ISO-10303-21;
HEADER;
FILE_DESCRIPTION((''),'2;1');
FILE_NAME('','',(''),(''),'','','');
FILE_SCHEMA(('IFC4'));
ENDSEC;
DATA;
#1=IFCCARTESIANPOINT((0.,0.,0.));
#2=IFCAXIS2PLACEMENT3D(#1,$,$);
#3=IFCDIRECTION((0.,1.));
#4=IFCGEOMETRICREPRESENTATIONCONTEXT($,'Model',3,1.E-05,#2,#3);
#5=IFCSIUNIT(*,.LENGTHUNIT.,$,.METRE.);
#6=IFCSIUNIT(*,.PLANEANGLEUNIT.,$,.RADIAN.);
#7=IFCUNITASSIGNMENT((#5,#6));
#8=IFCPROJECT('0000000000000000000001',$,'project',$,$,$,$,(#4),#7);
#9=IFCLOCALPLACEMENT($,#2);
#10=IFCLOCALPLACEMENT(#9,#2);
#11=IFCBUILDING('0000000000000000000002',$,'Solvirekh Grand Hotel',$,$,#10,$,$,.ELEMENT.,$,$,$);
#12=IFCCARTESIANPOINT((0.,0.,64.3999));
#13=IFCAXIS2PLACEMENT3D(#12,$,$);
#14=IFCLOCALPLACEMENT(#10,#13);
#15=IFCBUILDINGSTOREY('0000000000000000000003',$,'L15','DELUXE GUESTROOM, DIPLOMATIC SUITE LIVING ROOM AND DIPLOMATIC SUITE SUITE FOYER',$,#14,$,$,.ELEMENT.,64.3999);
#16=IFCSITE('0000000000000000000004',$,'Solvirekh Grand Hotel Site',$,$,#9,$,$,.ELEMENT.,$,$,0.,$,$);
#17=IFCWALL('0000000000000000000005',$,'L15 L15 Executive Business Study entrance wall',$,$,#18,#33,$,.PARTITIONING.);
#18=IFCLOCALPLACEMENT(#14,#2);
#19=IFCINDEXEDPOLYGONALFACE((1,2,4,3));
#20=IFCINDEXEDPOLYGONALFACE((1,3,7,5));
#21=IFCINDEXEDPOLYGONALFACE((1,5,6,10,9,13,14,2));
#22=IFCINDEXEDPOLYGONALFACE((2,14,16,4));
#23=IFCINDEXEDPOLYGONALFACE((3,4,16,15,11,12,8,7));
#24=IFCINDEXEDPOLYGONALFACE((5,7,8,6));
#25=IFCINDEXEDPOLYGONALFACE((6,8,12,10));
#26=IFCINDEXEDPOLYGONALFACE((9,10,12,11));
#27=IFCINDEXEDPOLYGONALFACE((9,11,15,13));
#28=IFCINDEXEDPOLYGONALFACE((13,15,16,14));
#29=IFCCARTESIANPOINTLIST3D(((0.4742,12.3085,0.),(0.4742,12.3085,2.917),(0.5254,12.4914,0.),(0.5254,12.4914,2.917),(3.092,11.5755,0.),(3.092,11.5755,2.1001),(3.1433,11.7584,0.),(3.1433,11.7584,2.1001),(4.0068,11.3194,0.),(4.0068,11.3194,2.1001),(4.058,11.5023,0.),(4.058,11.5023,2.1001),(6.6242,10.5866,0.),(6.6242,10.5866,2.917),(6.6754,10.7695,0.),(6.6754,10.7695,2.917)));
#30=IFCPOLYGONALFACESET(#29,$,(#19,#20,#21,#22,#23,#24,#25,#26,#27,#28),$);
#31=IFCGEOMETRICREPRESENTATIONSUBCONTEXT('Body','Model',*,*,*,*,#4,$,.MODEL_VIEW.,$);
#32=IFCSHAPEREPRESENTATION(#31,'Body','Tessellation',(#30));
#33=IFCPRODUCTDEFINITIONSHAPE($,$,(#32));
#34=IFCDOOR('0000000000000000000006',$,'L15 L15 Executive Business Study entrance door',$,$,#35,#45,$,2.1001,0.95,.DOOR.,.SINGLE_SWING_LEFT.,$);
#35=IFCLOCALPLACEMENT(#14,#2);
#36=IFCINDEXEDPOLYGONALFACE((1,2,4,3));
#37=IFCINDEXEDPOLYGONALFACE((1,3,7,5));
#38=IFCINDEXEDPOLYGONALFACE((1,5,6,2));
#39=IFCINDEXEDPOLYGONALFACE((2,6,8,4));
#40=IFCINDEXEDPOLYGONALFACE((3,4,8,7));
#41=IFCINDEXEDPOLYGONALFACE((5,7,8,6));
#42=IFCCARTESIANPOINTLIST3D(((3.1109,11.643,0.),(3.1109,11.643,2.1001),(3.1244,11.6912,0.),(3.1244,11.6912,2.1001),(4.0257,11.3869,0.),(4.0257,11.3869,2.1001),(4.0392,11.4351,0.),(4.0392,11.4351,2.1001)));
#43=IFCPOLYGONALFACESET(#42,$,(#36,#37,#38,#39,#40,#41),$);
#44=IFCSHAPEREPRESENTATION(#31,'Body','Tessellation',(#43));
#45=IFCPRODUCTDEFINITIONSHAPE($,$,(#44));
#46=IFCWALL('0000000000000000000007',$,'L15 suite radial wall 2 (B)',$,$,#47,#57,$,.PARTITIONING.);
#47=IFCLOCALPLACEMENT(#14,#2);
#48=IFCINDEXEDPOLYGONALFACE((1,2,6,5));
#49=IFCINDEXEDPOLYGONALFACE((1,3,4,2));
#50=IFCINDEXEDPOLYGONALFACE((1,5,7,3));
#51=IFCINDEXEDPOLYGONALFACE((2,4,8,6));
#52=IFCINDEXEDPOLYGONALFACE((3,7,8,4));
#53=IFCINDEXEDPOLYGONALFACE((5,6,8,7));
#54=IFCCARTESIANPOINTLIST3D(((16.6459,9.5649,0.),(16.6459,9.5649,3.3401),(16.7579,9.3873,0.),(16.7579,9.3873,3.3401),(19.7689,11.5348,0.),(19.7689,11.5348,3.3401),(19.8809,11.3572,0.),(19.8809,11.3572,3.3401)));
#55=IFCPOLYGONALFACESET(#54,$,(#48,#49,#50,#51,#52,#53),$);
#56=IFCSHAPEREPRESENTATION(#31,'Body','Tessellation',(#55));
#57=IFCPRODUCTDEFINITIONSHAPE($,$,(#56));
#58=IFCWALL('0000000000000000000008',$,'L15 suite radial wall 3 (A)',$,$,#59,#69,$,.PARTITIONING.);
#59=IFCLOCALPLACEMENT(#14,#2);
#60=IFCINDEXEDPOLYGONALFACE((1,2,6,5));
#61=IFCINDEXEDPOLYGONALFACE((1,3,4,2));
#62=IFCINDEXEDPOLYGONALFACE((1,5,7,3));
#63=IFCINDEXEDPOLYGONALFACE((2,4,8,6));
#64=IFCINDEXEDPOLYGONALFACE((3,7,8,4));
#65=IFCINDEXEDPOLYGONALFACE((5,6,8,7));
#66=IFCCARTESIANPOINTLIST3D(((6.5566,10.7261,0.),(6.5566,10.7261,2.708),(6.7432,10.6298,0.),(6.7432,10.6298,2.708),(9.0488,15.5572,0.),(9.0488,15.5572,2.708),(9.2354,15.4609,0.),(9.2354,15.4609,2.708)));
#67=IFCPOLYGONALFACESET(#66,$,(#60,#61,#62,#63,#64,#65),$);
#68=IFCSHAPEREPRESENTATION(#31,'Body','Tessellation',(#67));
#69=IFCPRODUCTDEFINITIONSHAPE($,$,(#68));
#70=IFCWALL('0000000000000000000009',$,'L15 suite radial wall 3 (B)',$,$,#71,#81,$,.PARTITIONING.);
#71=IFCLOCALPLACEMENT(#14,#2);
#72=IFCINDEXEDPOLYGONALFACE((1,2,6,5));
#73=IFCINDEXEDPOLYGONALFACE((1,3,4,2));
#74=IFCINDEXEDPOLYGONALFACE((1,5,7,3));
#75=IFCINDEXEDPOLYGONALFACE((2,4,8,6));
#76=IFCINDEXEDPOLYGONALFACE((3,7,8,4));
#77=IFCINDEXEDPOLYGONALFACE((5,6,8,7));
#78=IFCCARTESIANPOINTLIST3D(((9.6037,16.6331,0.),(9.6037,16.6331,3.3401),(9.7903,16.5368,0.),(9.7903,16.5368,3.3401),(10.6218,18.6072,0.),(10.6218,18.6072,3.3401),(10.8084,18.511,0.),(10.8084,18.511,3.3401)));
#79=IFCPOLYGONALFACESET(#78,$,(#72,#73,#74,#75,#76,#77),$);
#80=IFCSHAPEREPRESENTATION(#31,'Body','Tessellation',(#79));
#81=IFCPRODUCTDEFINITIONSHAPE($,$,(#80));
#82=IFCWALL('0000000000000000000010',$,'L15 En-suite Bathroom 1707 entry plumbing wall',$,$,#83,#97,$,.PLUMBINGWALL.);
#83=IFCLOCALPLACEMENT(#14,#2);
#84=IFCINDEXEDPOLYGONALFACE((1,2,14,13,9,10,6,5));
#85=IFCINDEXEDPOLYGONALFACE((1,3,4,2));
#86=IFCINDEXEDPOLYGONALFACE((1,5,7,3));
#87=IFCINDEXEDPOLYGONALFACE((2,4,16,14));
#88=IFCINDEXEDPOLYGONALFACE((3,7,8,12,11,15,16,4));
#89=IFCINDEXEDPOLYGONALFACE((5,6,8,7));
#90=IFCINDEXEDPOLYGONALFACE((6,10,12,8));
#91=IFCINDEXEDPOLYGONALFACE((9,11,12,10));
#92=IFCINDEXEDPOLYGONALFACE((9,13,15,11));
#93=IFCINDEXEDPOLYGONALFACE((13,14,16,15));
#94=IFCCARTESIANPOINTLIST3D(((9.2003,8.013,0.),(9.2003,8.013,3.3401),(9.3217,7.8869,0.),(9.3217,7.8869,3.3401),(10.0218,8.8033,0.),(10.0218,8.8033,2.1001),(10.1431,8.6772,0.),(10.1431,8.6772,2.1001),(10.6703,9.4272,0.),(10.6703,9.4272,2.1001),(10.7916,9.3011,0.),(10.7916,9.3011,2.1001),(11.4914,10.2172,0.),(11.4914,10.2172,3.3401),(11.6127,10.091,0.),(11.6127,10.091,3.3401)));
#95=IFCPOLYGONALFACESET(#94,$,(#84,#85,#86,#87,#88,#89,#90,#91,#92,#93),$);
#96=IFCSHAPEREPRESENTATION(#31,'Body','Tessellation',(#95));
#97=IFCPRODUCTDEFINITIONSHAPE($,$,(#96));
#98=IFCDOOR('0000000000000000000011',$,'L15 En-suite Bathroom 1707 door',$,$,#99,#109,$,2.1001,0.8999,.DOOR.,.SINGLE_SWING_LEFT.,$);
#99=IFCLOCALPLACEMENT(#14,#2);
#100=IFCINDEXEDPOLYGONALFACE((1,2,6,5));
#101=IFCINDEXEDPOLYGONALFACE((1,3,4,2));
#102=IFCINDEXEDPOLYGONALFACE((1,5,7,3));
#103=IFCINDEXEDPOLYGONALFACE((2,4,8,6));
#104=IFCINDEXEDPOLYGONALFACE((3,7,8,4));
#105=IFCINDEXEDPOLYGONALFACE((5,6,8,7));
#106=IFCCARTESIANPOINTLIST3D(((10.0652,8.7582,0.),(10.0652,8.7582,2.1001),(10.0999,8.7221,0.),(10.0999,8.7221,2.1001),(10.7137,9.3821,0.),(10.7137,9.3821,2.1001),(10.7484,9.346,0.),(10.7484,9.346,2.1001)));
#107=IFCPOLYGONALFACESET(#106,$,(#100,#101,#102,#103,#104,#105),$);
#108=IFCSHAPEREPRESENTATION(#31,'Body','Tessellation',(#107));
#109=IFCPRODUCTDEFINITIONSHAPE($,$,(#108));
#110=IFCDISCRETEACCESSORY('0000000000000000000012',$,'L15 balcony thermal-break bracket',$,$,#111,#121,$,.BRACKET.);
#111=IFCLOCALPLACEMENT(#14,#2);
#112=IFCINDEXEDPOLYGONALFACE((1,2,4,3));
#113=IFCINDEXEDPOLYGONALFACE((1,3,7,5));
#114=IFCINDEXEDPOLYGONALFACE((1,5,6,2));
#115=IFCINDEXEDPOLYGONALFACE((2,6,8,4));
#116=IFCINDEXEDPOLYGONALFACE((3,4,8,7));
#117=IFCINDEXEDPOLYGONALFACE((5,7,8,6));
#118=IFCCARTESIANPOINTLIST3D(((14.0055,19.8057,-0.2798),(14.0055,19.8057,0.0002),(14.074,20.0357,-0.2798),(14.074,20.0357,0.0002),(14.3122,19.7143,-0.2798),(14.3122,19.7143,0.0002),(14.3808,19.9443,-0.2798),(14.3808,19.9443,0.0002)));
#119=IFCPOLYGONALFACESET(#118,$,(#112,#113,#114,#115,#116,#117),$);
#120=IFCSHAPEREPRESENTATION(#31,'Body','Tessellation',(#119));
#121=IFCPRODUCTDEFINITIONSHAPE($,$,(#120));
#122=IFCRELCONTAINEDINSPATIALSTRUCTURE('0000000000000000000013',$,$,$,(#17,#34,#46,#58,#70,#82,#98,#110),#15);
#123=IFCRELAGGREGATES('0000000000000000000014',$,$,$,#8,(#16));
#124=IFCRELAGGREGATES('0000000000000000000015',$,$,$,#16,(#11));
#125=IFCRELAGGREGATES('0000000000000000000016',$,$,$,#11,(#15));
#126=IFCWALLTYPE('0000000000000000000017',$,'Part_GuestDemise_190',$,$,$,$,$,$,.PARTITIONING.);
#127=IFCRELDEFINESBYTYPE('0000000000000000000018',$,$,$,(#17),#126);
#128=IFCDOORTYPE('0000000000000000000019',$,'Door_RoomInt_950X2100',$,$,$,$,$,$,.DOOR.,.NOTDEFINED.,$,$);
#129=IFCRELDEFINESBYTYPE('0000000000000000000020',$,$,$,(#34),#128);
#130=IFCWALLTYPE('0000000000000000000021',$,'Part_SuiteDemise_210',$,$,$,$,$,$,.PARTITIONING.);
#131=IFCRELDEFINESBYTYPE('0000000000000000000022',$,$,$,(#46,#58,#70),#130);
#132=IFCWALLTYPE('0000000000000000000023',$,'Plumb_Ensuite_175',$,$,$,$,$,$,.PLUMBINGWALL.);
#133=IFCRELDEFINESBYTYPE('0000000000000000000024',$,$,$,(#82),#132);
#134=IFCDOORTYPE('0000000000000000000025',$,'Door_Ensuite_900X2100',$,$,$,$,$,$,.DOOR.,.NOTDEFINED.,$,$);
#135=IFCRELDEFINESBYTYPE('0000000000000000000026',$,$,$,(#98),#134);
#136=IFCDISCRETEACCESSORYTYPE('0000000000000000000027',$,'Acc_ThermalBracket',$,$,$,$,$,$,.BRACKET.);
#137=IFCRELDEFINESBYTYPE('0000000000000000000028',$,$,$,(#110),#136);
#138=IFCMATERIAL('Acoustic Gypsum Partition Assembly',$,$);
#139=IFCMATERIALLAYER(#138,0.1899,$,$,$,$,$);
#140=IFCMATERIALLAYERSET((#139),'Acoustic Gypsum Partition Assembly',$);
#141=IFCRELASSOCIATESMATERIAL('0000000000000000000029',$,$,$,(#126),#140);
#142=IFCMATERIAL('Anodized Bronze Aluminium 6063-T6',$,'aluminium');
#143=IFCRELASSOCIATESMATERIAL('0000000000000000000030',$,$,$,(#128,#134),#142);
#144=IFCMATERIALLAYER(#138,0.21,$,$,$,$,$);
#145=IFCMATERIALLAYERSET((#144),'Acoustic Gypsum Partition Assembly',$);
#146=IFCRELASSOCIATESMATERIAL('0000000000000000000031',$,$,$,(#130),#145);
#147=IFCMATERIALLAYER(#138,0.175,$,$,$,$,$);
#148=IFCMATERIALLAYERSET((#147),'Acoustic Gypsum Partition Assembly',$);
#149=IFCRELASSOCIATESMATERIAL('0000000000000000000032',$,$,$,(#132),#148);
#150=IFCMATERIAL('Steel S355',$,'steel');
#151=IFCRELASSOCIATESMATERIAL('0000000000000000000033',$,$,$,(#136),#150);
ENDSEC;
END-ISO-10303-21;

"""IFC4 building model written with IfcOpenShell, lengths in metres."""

from ifc_helpers import new_model, si_unit, direction, frame, frame_2d, origin, origin_2d, place, context, subcontext, project, spatial, rectangle, extrude, material, layer, layer_set, type_object, element, fill, save


model = new_model("IFC4")

# Units and contexts
model_context = context("Model", 3, precision=1e-05, world=origin(), true_north=direction((0.0, 1.0)))
body_context = subcontext(model_context, "Body", "Model", "MODEL_VIEW")
ifc_project = project(units=[si_unit("LENGTHUNIT", "METRE"), si_unit("PLANEANGLEUNIT", "RADIAN")], contexts=[model_context])

# Site, building, storey
site_placement = place(None, origin())
site = spatial("IfcSite", under=ifc_project, at=site_placement, Name="Solvirekh Grand Hotel Site", CompositionType="ELEMENT", RefElevation=0.0)
building_placement = place(site_placement, origin())
building = spatial("IfcBuilding", under=site, at=building_placement, Name="Solvirekh Grand Hotel", CompositionType="ELEMENT")
storey_placement = place(building_placement, frame((0.0, 0.0, 64.3999)))
storey = spatial("IfcBuildingStorey", under=building, at=storey_placement, Name="L15", Description="DELUXE GUESTROOM, DIPLOMATIC SUITE LIVING ROOM AND DIPLOMATIC SUITE SUITE FOYER", CompositionType="ELEMENT", Elevation=64.3999)

# Shared definitions
ifc_material_1 = material(Name="Steel S355", Category="steel")

# Shared definitions
ifc_material_2 = material(Name="Anodized Bronze Aluminium 6063-T6", Category="aluminium")

# Wall, opening, door
ifc_material_3 = material(Name="Acoustic Gypsum Partition Assembly")
ifc_layer_1 = layer(ifc_material_3, 0.1899)
ifc_layer_set_1 = layer_set([ifc_layer_1], Name="Acoustic Gypsum Partition Assembly")
wall_type_1 = type_object("IfcWallType", Name="Part_GuestDemise_190", PredefinedType="PARTITIONING", material=ifc_layer_set_1)
wall_1_placement = place(storey_placement, frame((6.6499, 10.678, 0.0), z_axis=(0.0, 0.0, 1.0), x_axis=(-0.962966, 0.269623, 0.0)))
wall_1 = element("IfcWall", 1, at=wall_1_placement, inside=storey, type_object=wall_type_1, Name="L15 L15 Executive Business Study entrance wall", PredefinedType="PARTITIONING", context=body_context, shape_type="SweptSolid", body=[
    extrude(rectangle(XDim=6.3865, YDim=0.1899, at=frame_2d((3.1934, 0.0))), origin(), (0.0, 0.0, 1.0), 2.917),
])
opening_1_placement = place(wall_1_placement, frame((2.718, 0.0, 0.0)))
opening_1 = element("IfcOpeningElement", 2, at=opening_1_placement, cuts=wall_1, PredefinedType="OPENING", context=body_context, shape_type="SweptSolid", body=[
    extrude(rectangle(XDim=0.95, YDim=2.1001, at=frame_2d((0.4751, 1.05))), frame((0.0, 0.105, 0.0), z_axis=(0.0, -1.0, 0.0), x_axis=(1.0, 0.0, 0.0)), (0.0, 0.0, 1.0), 0.21),
])
door_type_1 = type_object("IfcDoorType", Name="Door_RoomInt_950X2100", OperationType="NOTDEFINED", PredefinedType="DOOR", material=ifc_material_2)
door_1_placement = place(opening_1_placement, origin())
door_1 = element("IfcDoor", 3, at=door_1_placement, inside=storey, type_object=door_type_1, Name="L15 L15 Executive Business Study entrance door", OperationType="SINGLE_SWING_LEFT", OverallHeight=2.1001, OverallWidth=0.95, PredefinedType="DOOR", context=body_context, shape_type="SweptSolid", body=[
    extrude(rectangle(XDim=0.95, YDim=2.1001, at=frame_2d((0.4751, 1.05))), frame((0.0, 0.0249, 0.0), z_axis=(0.0, -1.0, 0.0), x_axis=(1.0, 0.0, 0.0)), (0.0, 0.0, 1.0), 0.05),
])
fill(opening_1, door_1)

# Walls
ifc_layer_2 = layer(ifc_material_3, 0.21)
ifc_layer_set_2 = layer_set([ifc_layer_2], Name="Acoustic Gypsum Partition Assembly")
wall_type_2 = type_object("IfcWallType", Name="Part_SuiteDemise_210", PredefinedType="PARTITIONING", material=ifc_layer_set_2)
wall_2_placement = place(storey_placement, frame((16.7019, 9.4761, 0.0), z_axis=(0.0, 0.0, 1.0), x_axis=(0.845792, 0.533513, 0.0)))
element("IfcWall", 4, at=wall_2_placement, inside=storey, type_object=wall_type_2, Name="L15 suite radial wall 2 (B)", PredefinedType="PARTITIONING", context=body_context, shape_type="SweptSolid", body=[
    extrude(rectangle(XDim=3.6924, YDim=0.21, at=frame_2d((1.8462, 0.0))), origin(), (0.0, 0.0, 1.0), 3.3401),
])
wall_3_placement = place(storey_placement, frame((6.6499, 10.678, 0.0), z_axis=(0.0, 0.0, 1.0), x_axis=(0.45846, 0.888715, 0.0)))
element("IfcWall", 5, at=wall_3_placement, inside=storey, type_object=wall_type_2, Name="L15 suite radial wall 3 (A)", PredefinedType="PARTITIONING", context=body_context, shape_type="SweptSolid", body=[
    extrude(rectangle(XDim=5.436, YDim=0.21, at=frame_2d((2.718, 0.0))), origin(), (0.0, 0.0, 1.0), 2.708),
])
wall_4_placement = place(storey_placement, frame((9.697, 16.585, 0.0), z_axis=(0.0, 0.0, 1.0), x_axis=(0.458346, 0.888774, 0.0)))
element("IfcWall", 6, at=wall_4_placement, inside=storey, type_object=wall_type_2, Name="L15 suite radial wall 3 (B)", PredefinedType="PARTITIONING", context=body_context, shape_type="SweptSolid", body=[
    extrude(rectangle(XDim=2.2212, YDim=0.21, at=frame_2d((1.1106, 0.0))), origin(), (0.0, 0.0, 1.0), 3.3401),
])

# Wall, opening, door
ifc_layer_3 = layer(ifc_material_3, 0.175)
ifc_layer_set_3 = layer_set([ifc_layer_3], Name="Acoustic Gypsum Partition Assembly")
wall_type_3 = type_object("IfcWallType", Name="Plumb_Ensuite_175", PredefinedType="PLUMBINGWALL", material=ifc_layer_set_3)
wall_5_placement = place(storey_placement, frame((9.261, 7.95, 0.0), z_axis=(0.0, 0.0, 1.0), x_axis=(0.720644, 0.693305, 0.0)))
wall_5 = element("IfcWall", 7, at=wall_5_placement, inside=storey, type_object=wall_type_3, Name="L15 En-suite Bathroom 1707 entry plumbing wall", PredefinedType="PLUMBINGWALL", context=body_context, shape_type="SweptSolid", body=[
    extrude(rectangle(XDim=3.1792, YDim=0.175, at=frame_2d((1.5896, 0.0))), origin(), (0.0, 0.0, 1.0), 3.3401),
])
opening_2_placement = place(wall_5_placement, frame((1.1399, 0.0, 0.0)))
opening_2 = element("IfcOpeningElement", 8, at=opening_2_placement, cuts=wall_5, PredefinedType="OPENING", context=body_context, shape_type="SweptSolid", body=[
    extrude(rectangle(XDim=0.8999, YDim=2.1001, at=frame_2d((0.45, 1.05))), frame((0.0, 0.0977, 0.0), z_axis=(0.0, -1.0, 0.0), x_axis=(1.0, 0.0, 0.0)), (0.0, 0.0, 1.0), 0.1951),
])
door_type_2 = type_object("IfcDoorType", Name="Door_Ensuite_900X2100", OperationType="NOTDEFINED", PredefinedType="DOOR", material=ifc_material_2)
door_2_placement = place(opening_2_placement, origin())
door_2 = element("IfcDoor", 9, at=door_2_placement, inside=storey, type_object=door_type_2, Name="L15 En-suite Bathroom 1707 door", OperationType="SINGLE_SWING_LEFT", OverallHeight=2.1001, OverallWidth=0.8999, PredefinedType="DOOR", context=body_context, shape_type="SweptSolid", body=[
    extrude(rectangle(XDim=0.8999, YDim=2.1001, at=frame_2d((0.45, 1.05))), frame((0.0, 0.0249, 0.0), z_axis=(0.0, -1.0, 0.0), x_axis=(1.0, 0.0, 0.0)), (0.0, 0.0, 1.0), 0.05),
])
fill(opening_2, door_2)

# Discrete accessory
discrete_accessory_type = type_object("IfcDiscreteAccessoryType", Name="Acc_ThermalBracket", PredefinedType="BRACKET", material=ifc_material_1)
discrete_accessory_placement = place(storey_placement, frame((14.1931, 19.875, -0.2798), z_axis=(0.0, 0.0, 1.0), x_axis=(0.958323, -0.285688, 0.0)))
element("IfcDiscreteAccessory", 10, at=discrete_accessory_placement, inside=storey, type_object=discrete_accessory_type, Name="L15 balcony thermal-break bracket", PredefinedType="BRACKET", context=body_context, shape_type="SweptSolid", body=[
    extrude(rectangle(XDim=0.3201, YDim=0.24, at=origin_2d()), origin(), (0.0, 0.0, 1.0), 0.28),
])

save(model, "model.ifc")
